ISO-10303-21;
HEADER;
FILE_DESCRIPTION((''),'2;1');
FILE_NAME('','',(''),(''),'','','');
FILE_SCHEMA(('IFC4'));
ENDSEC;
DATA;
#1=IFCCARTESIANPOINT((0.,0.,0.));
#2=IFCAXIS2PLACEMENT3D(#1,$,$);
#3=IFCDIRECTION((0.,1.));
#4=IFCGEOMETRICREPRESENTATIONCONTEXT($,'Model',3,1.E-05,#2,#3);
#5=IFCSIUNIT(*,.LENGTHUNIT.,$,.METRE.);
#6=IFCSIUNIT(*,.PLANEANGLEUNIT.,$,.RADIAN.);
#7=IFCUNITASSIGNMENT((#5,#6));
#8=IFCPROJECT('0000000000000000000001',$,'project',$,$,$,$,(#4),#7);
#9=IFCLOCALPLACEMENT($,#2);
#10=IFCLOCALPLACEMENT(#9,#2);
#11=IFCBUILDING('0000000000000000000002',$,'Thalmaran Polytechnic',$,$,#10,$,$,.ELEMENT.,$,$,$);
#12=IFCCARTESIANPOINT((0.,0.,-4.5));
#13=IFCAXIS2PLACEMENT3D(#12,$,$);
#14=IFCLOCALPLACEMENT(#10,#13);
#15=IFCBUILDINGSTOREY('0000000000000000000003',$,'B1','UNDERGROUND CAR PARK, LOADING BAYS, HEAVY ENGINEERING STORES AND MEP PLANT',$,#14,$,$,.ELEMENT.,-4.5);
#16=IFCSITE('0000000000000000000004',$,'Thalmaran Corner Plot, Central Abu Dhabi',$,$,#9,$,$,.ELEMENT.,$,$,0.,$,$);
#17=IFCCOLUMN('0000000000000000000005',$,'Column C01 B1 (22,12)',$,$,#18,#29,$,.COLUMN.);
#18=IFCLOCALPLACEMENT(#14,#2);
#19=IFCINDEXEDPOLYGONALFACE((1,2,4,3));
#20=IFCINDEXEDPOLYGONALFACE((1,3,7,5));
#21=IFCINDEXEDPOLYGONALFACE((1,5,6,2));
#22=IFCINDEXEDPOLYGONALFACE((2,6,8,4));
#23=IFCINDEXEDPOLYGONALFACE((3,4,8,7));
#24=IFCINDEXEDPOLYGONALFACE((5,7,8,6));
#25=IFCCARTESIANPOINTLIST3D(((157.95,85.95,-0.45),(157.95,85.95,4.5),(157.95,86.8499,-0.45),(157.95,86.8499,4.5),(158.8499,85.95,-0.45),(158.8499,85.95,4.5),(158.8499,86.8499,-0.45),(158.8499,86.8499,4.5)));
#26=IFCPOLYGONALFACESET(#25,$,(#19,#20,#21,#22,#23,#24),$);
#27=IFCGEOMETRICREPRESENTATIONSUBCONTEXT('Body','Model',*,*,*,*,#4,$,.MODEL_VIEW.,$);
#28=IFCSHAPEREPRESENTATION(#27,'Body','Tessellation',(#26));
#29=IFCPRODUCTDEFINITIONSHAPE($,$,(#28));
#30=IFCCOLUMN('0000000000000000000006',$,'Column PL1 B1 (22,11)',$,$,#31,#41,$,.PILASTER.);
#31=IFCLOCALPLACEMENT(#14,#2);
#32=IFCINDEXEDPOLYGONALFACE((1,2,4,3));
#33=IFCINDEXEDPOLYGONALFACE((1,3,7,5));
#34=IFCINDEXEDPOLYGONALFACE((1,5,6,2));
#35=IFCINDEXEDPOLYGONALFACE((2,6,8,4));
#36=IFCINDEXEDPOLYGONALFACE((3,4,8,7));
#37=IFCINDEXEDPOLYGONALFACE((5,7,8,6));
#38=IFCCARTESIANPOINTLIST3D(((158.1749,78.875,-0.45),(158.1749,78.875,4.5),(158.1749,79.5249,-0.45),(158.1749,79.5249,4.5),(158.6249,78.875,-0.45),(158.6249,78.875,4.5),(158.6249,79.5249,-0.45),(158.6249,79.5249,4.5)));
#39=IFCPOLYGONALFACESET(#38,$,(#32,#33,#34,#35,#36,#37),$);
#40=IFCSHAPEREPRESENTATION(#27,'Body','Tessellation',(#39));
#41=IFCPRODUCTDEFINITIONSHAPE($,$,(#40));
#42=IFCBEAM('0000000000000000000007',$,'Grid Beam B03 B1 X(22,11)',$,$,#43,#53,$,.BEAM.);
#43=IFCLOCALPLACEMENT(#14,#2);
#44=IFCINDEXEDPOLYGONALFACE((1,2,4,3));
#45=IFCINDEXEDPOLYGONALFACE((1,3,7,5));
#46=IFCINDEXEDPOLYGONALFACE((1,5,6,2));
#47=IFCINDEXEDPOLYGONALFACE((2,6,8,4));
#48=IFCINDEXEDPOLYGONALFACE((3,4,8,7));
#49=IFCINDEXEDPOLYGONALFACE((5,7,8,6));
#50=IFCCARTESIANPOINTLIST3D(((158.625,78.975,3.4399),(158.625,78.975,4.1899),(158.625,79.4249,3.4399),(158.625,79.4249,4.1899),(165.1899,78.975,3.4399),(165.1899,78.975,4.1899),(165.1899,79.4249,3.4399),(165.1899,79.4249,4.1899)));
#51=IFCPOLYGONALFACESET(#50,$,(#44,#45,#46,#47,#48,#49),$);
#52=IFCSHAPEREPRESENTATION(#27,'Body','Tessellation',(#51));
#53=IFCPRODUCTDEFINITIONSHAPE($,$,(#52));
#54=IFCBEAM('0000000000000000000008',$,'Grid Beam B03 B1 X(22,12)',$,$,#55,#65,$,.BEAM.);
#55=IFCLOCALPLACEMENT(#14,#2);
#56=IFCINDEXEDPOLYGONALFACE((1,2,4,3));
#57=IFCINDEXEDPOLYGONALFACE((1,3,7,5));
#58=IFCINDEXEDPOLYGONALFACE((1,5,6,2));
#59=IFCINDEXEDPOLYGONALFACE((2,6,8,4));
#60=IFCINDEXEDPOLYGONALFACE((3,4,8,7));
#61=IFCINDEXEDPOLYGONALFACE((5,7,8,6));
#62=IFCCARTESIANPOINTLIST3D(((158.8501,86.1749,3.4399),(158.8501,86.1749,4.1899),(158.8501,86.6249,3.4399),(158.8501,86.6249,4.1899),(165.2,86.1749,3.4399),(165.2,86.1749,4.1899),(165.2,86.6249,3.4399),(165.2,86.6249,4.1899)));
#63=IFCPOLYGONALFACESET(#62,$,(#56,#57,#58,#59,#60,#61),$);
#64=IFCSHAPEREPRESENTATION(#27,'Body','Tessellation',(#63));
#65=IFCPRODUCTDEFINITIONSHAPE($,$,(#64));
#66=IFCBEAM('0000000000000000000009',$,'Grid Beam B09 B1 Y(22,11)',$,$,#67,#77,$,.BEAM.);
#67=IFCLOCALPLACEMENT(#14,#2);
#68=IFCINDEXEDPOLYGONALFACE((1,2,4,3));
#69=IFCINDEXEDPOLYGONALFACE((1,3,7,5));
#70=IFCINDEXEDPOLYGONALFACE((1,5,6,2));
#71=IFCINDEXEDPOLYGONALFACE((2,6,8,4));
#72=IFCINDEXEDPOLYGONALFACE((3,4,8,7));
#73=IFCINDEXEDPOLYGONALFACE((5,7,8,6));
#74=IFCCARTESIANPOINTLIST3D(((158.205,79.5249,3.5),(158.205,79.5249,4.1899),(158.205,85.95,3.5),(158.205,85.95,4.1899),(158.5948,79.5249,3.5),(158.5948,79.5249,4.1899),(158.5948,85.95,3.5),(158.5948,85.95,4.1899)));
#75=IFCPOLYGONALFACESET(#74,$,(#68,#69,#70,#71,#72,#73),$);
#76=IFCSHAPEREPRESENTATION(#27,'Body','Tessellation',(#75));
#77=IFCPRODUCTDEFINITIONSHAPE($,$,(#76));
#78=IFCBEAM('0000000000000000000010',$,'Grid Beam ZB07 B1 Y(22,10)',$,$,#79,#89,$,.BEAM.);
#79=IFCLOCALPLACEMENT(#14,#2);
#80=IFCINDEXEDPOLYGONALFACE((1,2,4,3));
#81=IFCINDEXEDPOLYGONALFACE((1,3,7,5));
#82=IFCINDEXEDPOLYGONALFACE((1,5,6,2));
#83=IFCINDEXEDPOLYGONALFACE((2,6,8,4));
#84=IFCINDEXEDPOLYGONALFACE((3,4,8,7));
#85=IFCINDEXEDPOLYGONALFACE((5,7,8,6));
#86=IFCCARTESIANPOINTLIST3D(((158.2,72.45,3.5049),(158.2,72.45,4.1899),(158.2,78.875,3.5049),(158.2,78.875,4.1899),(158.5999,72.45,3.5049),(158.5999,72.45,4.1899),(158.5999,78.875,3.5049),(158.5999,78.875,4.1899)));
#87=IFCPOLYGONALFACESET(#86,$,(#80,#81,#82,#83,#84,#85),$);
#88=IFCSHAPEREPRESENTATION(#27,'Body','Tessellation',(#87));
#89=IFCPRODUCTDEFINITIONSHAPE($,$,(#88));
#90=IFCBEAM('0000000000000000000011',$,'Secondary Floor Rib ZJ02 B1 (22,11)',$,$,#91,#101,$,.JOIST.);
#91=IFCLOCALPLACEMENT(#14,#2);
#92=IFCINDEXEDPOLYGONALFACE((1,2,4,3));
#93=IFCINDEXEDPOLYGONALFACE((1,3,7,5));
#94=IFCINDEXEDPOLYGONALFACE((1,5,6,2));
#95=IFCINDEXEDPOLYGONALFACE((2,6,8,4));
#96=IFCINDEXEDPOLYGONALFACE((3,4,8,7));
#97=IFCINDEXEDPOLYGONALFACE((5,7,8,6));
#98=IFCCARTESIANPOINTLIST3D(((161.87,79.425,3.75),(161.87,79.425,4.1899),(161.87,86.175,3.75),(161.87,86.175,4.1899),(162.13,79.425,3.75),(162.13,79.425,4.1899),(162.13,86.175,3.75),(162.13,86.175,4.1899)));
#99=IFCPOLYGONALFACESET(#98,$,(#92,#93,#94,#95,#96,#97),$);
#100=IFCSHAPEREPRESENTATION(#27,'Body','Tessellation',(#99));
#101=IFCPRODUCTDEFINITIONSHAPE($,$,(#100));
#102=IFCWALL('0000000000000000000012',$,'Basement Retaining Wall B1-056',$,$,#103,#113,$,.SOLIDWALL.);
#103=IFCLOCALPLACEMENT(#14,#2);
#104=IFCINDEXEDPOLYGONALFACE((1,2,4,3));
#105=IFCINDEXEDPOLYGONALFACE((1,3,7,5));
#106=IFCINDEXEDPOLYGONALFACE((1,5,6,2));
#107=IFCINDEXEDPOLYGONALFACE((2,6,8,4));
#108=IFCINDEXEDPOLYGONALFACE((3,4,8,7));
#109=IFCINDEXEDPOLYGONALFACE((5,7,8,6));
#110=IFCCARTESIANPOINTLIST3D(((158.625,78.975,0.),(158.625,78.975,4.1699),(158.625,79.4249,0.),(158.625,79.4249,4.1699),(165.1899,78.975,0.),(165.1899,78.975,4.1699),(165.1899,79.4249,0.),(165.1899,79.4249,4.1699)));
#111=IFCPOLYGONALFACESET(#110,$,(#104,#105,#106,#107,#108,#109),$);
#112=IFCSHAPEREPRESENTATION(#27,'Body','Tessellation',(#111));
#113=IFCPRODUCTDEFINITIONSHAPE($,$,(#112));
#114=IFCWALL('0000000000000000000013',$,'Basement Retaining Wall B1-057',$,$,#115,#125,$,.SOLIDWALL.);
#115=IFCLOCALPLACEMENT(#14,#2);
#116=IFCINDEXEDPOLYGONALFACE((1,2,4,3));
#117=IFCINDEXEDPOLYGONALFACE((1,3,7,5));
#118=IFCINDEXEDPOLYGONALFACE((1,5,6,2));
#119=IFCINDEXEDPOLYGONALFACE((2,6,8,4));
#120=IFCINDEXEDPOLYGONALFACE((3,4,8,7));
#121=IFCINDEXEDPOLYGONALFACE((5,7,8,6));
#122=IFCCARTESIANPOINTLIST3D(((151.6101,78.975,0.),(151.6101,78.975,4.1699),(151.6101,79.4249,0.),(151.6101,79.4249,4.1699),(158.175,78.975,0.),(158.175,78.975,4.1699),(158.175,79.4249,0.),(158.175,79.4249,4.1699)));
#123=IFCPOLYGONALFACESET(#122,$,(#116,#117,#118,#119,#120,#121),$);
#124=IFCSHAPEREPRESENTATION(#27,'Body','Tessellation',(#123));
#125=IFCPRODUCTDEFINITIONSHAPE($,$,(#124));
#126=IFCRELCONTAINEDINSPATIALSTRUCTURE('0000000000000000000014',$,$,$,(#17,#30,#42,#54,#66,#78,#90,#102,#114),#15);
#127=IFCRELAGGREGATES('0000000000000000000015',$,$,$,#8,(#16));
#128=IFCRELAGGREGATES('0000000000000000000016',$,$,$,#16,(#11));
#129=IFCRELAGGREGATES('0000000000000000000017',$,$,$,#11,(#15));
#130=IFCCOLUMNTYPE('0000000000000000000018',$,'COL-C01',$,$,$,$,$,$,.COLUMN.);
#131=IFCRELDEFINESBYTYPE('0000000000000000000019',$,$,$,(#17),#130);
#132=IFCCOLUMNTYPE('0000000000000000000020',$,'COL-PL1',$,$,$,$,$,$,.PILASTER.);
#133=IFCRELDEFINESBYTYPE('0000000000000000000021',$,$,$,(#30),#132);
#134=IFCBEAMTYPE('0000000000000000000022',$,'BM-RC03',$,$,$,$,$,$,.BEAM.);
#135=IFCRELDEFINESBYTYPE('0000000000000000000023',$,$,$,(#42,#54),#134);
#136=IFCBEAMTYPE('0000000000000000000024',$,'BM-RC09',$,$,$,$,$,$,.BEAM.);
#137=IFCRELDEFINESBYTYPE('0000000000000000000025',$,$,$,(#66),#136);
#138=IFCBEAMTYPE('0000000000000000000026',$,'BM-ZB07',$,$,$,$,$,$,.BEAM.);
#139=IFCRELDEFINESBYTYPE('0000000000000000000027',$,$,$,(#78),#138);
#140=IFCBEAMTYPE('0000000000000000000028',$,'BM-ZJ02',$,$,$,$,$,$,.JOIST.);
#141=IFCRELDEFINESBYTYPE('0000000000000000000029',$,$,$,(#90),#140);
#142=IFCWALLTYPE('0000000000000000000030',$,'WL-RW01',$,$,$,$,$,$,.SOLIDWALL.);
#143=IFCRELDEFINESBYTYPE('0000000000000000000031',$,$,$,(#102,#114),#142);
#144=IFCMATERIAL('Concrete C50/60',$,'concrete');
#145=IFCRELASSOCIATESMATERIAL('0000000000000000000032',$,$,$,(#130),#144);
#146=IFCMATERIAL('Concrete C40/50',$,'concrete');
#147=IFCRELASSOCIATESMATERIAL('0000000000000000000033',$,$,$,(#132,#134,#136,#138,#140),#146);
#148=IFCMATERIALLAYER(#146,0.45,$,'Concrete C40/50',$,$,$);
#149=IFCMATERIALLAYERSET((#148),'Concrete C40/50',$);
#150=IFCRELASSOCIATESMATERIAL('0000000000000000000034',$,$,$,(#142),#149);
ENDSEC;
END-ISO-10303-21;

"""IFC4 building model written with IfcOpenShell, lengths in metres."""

from ifc_helpers import new_model, si_unit, direction, frame, frame_2d, origin, origin_2d, place, context, subcontext, project, spatial, rectangle, extrude, material, layer, layer_set, material_profile, profile_set, type_object, element, save


model = new_model("IFC4")

# Units and contexts
model_context = context("Model", 3, precision=1e-05, world=origin(), true_north=direction((0.0, 1.0)))
body_context = subcontext(model_context, "Body", "Model", "MODEL_VIEW")
ifc_project = project(units=[si_unit("LENGTHUNIT", "METRE"), si_unit("PLANEANGLEUNIT", "RADIAN")], contexts=[model_context])

# Site, building, storey
site_placement = place(None, origin())
site = spatial("IfcSite", under=ifc_project, at=site_placement, Name="Thalmaran Corner Plot, Central Abu Dhabi", CompositionType="ELEMENT", RefElevation=0.0)
building_placement = place(site_placement, origin())
building = spatial("IfcBuilding", under=site, at=building_placement, Name="Thalmaran Polytechnic", CompositionType="ELEMENT")
storey_placement = place(building_placement, frame((0.0, 0.0, -4.5)))
storey = spatial("IfcBuildingStorey", under=building, at=storey_placement, Name="B1", Description="UNDERGROUND CAR PARK, LOADING BAYS, HEAVY ENGINEERING STORES AND MEP PLANT", CompositionType="ELEMENT", Elevation=-4.5)

# Shared definitions
ifc_material_1 = material(Name="Concrete C40/50", Category="concrete")

# Columns
ifc_material_2 = material(Name="Concrete C50/60", Category="concrete")
ifc_material_profile_1 = material_profile(ifc_material_2, rectangle(XDim=0.8999, YDim=0.8999, at=origin_2d()), Name="RC 900x900")
ifc_profile_set_1 = profile_set([ifc_material_profile_1], Name="Concrete C50/60")
column_type_1 = type_object("IfcColumnType", Name="COL-C01", PredefinedType="COLUMN", material=ifc_profile_set_1)
column_1_placement = place(storey_placement, frame((158.3999, 86.3999, -0.45), z_axis=(0.0, 0.0, 1.0), x_axis=(1.0, 0.0, 0.0)))
element("IfcColumn", 1, at=column_1_placement, inside=storey, type_object=column_type_1, Name="Column C01 B1 (22,12)", PredefinedType="COLUMN", context=body_context, shape_type="SweptSolid", body=[
    extrude(rectangle(XDim=0.8999, YDim=0.8999, at=origin_2d()), origin(), (0.0, 0.0, 1.0), 4.95),
])
ifc_material_profile_2 = material_profile(ifc_material_1, rectangle(XDim=0.45, YDim=0.6499, at=origin_2d()), Name="RC 450x650")
ifc_profile_set_2 = profile_set([ifc_material_profile_2], Name="Concrete C40/50")
column_type_2 = type_object("IfcColumnType", Name="COL-PL1", PredefinedType="PILASTER", material=ifc_profile_set_2)
column_2_placement = place(storey_placement, frame((158.3999, 79.2, -0.45), z_axis=(0.0, 0.0, 1.0), x_axis=(1.0, 0.0, 0.0)))
element("IfcColumn", 2, at=column_2_placement, inside=storey, type_object=column_type_2, Name="Column PL1 B1 (22,11)", PredefinedType="PILASTER", context=body_context, shape_type="SweptSolid", body=[
    extrude(rectangle(XDim=0.45, YDim=0.6499, at=origin_2d()), origin(), (0.0, 0.0, 1.0), 4.95),
])

# Beams
ifc_material_profile_3 = material_profile(ifc_material_1, rectangle(XDim=0.45, YDim=0.75, at=origin_2d()), Name="RC 450x750")
ifc_profile_set_3 = profile_set([ifc_material_profile_3], Name="Concrete C40/50")
beam_type_1 = type_object("IfcBeamType", Name="BM-RC03", PredefinedType="BEAM", material=ifc_profile_set_3)
beam_1_placement = place(storey_placement, frame((158.625, 79.2, 3.8149), z_axis=(1.0, 0.0, 0.0), x_axis=(0.0, 1.0, 0.0)))
element("IfcBeam", 3, at=beam_1_placement, inside=storey, type_object=beam_type_1, Name="Grid Beam B03 B1 X(22,11)", PredefinedType="BEAM", context=body_context, shape_type="SweptSolid", body=[
    extrude(rectangle(XDim=0.45, YDim=0.75, at=origin_2d()), origin(), (0.0, 0.0, 1.0), 6.5649),
])
beam_2_placement = place(storey_placement, frame((158.8501, 86.3999, 3.8149), z_axis=(1.0, 0.0, 0.0), x_axis=(0.0, 1.0, 0.0)))
element("IfcBeam", 4, at=beam_2_placement, inside=storey, type_object=beam_type_1, Name="Grid Beam B03 B1 X(22,12)", PredefinedType="BEAM", context=body_context, shape_type="SweptSolid", body=[
    extrude(rectangle(XDim=0.45, YDim=0.75, at=origin_2d()), origin(), (0.0, 0.0, 1.0), 6.3499),
])
ifc_material_profile_4 = material_profile(ifc_material_1, rectangle(XDim=0.3899, YDim=0.6899, at=origin_2d()), Name="RC 390x690")
ifc_profile_set_4 = profile_set([ifc_material_profile_4], Name="Concrete C40/50")
beam_type_2 = type_object("IfcBeamType", Name="BM-RC09", PredefinedType="BEAM", material=ifc_profile_set_4)
beam_3_placement = place(storey_placement, frame((158.3999, 79.5249, 3.845), z_axis=(0.0, 1.0, 0.0), x_axis=(-1.0, 0.0, 0.0)))
element("IfcBeam", 5, at=beam_3_placement, inside=storey, type_object=beam_type_2, Name="Grid Beam B09 B1 Y(22,11)", PredefinedType="BEAM", context=body_context, shape_type="SweptSolid", body=[
    extrude(rectangle(XDim=0.3899, YDim=0.6899, at=origin_2d()), origin(), (0.0, 0.0, 1.0), 6.425),
])
ifc_material_profile_5 = material_profile(ifc_material_1, rectangle(XDim=0.3999, YDim=0.6851, at=origin_2d()), Name="RC 400x685")
ifc_profile_set_5 = profile_set([ifc_material_profile_5], Name="Concrete C40/50")
beam_type_3 = type_object("IfcBeamType", Name="BM-ZB07", PredefinedType="BEAM", material=ifc_profile_set_5)
beam_4_placement = place(storey_placement, frame((158.3999, 72.45, 3.8474), z_axis=(0.0, 1.0, 0.0), x_axis=(-1.0, 0.0, 0.0)))
element("IfcBeam", 6, at=beam_4_placement, inside=storey, type_object=beam_type_3, Name="Grid Beam ZB07 B1 Y(22,10)", PredefinedType="BEAM", context=body_context, shape_type="SweptSolid", body=[
    extrude(rectangle(XDim=0.3999, YDim=0.6851, at=origin_2d()), origin(), (0.0, 0.0, 1.0), 6.425),
])
ifc_material_profile_6 = material_profile(ifc_material_1, rectangle(XDim=0.26, YDim=0.4399, at=origin_2d()), Name="RC 260x440")
ifc_profile_set_6 = profile_set([ifc_material_profile_6], Name="Concrete C40/50")
beam_type_4 = type_object("IfcBeamType", Name="BM-ZJ02", PredefinedType="JOIST", material=ifc_profile_set_6)
beam_5_placement = place(storey_placement, frame((162.0, 79.425, 3.97), z_axis=(0.0, 1.0, 0.0), x_axis=(-1.0, 0.0, 0.0)))
element("IfcBeam", 7, at=beam_5_placement, inside=storey, type_object=beam_type_4, Name="Secondary Floor Rib ZJ02 B1 (22,11)", PredefinedType="JOIST", context=body_context, shape_type="SweptSolid", body=[
    extrude(rectangle(XDim=0.26, YDim=0.4399, at=origin_2d()), origin(), (0.0, 0.0, 1.0), 6.75),
])

# Walls
ifc_layer = layer(ifc_material_1, 0.45, Name="Concrete C40/50")
ifc_layer_set = layer_set([ifc_layer], Name="Concrete C40/50")
wall_type = type_object("IfcWallType", Name="WL-RW01", PredefinedType="SOLIDWALL", material=ifc_layer_set)
for number, where, z_axis, x_axis, name in (
    (8, (165.1899, 79.2, 0.0), (0.0, 0.0, 1.0), (-1.0, 0.0, 0.0), "Basement Retaining Wall B1-056"),
    (9, (158.175, 79.2, 0.0), (0.0, 0.0, 1.0), (-1.0, 0.0, 0.0), "Basement Retaining Wall B1-057"),
):
    element("IfcWall", number, at=place(storey_placement, frame(where, z_axis=z_axis, x_axis=x_axis)), inside=storey, type_object=wall_type, Name=name, PredefinedType="SOLIDWALL", context=body_context, shape_type="SweptSolid", body=[
        extrude(rectangle(XDim=6.5649, YDim=0.45, at=frame_2d((3.2825, 0.0))), origin(), (0.0, 0.0, 1.0), 4.1699),
    ])

save(model, "model.ifc")
